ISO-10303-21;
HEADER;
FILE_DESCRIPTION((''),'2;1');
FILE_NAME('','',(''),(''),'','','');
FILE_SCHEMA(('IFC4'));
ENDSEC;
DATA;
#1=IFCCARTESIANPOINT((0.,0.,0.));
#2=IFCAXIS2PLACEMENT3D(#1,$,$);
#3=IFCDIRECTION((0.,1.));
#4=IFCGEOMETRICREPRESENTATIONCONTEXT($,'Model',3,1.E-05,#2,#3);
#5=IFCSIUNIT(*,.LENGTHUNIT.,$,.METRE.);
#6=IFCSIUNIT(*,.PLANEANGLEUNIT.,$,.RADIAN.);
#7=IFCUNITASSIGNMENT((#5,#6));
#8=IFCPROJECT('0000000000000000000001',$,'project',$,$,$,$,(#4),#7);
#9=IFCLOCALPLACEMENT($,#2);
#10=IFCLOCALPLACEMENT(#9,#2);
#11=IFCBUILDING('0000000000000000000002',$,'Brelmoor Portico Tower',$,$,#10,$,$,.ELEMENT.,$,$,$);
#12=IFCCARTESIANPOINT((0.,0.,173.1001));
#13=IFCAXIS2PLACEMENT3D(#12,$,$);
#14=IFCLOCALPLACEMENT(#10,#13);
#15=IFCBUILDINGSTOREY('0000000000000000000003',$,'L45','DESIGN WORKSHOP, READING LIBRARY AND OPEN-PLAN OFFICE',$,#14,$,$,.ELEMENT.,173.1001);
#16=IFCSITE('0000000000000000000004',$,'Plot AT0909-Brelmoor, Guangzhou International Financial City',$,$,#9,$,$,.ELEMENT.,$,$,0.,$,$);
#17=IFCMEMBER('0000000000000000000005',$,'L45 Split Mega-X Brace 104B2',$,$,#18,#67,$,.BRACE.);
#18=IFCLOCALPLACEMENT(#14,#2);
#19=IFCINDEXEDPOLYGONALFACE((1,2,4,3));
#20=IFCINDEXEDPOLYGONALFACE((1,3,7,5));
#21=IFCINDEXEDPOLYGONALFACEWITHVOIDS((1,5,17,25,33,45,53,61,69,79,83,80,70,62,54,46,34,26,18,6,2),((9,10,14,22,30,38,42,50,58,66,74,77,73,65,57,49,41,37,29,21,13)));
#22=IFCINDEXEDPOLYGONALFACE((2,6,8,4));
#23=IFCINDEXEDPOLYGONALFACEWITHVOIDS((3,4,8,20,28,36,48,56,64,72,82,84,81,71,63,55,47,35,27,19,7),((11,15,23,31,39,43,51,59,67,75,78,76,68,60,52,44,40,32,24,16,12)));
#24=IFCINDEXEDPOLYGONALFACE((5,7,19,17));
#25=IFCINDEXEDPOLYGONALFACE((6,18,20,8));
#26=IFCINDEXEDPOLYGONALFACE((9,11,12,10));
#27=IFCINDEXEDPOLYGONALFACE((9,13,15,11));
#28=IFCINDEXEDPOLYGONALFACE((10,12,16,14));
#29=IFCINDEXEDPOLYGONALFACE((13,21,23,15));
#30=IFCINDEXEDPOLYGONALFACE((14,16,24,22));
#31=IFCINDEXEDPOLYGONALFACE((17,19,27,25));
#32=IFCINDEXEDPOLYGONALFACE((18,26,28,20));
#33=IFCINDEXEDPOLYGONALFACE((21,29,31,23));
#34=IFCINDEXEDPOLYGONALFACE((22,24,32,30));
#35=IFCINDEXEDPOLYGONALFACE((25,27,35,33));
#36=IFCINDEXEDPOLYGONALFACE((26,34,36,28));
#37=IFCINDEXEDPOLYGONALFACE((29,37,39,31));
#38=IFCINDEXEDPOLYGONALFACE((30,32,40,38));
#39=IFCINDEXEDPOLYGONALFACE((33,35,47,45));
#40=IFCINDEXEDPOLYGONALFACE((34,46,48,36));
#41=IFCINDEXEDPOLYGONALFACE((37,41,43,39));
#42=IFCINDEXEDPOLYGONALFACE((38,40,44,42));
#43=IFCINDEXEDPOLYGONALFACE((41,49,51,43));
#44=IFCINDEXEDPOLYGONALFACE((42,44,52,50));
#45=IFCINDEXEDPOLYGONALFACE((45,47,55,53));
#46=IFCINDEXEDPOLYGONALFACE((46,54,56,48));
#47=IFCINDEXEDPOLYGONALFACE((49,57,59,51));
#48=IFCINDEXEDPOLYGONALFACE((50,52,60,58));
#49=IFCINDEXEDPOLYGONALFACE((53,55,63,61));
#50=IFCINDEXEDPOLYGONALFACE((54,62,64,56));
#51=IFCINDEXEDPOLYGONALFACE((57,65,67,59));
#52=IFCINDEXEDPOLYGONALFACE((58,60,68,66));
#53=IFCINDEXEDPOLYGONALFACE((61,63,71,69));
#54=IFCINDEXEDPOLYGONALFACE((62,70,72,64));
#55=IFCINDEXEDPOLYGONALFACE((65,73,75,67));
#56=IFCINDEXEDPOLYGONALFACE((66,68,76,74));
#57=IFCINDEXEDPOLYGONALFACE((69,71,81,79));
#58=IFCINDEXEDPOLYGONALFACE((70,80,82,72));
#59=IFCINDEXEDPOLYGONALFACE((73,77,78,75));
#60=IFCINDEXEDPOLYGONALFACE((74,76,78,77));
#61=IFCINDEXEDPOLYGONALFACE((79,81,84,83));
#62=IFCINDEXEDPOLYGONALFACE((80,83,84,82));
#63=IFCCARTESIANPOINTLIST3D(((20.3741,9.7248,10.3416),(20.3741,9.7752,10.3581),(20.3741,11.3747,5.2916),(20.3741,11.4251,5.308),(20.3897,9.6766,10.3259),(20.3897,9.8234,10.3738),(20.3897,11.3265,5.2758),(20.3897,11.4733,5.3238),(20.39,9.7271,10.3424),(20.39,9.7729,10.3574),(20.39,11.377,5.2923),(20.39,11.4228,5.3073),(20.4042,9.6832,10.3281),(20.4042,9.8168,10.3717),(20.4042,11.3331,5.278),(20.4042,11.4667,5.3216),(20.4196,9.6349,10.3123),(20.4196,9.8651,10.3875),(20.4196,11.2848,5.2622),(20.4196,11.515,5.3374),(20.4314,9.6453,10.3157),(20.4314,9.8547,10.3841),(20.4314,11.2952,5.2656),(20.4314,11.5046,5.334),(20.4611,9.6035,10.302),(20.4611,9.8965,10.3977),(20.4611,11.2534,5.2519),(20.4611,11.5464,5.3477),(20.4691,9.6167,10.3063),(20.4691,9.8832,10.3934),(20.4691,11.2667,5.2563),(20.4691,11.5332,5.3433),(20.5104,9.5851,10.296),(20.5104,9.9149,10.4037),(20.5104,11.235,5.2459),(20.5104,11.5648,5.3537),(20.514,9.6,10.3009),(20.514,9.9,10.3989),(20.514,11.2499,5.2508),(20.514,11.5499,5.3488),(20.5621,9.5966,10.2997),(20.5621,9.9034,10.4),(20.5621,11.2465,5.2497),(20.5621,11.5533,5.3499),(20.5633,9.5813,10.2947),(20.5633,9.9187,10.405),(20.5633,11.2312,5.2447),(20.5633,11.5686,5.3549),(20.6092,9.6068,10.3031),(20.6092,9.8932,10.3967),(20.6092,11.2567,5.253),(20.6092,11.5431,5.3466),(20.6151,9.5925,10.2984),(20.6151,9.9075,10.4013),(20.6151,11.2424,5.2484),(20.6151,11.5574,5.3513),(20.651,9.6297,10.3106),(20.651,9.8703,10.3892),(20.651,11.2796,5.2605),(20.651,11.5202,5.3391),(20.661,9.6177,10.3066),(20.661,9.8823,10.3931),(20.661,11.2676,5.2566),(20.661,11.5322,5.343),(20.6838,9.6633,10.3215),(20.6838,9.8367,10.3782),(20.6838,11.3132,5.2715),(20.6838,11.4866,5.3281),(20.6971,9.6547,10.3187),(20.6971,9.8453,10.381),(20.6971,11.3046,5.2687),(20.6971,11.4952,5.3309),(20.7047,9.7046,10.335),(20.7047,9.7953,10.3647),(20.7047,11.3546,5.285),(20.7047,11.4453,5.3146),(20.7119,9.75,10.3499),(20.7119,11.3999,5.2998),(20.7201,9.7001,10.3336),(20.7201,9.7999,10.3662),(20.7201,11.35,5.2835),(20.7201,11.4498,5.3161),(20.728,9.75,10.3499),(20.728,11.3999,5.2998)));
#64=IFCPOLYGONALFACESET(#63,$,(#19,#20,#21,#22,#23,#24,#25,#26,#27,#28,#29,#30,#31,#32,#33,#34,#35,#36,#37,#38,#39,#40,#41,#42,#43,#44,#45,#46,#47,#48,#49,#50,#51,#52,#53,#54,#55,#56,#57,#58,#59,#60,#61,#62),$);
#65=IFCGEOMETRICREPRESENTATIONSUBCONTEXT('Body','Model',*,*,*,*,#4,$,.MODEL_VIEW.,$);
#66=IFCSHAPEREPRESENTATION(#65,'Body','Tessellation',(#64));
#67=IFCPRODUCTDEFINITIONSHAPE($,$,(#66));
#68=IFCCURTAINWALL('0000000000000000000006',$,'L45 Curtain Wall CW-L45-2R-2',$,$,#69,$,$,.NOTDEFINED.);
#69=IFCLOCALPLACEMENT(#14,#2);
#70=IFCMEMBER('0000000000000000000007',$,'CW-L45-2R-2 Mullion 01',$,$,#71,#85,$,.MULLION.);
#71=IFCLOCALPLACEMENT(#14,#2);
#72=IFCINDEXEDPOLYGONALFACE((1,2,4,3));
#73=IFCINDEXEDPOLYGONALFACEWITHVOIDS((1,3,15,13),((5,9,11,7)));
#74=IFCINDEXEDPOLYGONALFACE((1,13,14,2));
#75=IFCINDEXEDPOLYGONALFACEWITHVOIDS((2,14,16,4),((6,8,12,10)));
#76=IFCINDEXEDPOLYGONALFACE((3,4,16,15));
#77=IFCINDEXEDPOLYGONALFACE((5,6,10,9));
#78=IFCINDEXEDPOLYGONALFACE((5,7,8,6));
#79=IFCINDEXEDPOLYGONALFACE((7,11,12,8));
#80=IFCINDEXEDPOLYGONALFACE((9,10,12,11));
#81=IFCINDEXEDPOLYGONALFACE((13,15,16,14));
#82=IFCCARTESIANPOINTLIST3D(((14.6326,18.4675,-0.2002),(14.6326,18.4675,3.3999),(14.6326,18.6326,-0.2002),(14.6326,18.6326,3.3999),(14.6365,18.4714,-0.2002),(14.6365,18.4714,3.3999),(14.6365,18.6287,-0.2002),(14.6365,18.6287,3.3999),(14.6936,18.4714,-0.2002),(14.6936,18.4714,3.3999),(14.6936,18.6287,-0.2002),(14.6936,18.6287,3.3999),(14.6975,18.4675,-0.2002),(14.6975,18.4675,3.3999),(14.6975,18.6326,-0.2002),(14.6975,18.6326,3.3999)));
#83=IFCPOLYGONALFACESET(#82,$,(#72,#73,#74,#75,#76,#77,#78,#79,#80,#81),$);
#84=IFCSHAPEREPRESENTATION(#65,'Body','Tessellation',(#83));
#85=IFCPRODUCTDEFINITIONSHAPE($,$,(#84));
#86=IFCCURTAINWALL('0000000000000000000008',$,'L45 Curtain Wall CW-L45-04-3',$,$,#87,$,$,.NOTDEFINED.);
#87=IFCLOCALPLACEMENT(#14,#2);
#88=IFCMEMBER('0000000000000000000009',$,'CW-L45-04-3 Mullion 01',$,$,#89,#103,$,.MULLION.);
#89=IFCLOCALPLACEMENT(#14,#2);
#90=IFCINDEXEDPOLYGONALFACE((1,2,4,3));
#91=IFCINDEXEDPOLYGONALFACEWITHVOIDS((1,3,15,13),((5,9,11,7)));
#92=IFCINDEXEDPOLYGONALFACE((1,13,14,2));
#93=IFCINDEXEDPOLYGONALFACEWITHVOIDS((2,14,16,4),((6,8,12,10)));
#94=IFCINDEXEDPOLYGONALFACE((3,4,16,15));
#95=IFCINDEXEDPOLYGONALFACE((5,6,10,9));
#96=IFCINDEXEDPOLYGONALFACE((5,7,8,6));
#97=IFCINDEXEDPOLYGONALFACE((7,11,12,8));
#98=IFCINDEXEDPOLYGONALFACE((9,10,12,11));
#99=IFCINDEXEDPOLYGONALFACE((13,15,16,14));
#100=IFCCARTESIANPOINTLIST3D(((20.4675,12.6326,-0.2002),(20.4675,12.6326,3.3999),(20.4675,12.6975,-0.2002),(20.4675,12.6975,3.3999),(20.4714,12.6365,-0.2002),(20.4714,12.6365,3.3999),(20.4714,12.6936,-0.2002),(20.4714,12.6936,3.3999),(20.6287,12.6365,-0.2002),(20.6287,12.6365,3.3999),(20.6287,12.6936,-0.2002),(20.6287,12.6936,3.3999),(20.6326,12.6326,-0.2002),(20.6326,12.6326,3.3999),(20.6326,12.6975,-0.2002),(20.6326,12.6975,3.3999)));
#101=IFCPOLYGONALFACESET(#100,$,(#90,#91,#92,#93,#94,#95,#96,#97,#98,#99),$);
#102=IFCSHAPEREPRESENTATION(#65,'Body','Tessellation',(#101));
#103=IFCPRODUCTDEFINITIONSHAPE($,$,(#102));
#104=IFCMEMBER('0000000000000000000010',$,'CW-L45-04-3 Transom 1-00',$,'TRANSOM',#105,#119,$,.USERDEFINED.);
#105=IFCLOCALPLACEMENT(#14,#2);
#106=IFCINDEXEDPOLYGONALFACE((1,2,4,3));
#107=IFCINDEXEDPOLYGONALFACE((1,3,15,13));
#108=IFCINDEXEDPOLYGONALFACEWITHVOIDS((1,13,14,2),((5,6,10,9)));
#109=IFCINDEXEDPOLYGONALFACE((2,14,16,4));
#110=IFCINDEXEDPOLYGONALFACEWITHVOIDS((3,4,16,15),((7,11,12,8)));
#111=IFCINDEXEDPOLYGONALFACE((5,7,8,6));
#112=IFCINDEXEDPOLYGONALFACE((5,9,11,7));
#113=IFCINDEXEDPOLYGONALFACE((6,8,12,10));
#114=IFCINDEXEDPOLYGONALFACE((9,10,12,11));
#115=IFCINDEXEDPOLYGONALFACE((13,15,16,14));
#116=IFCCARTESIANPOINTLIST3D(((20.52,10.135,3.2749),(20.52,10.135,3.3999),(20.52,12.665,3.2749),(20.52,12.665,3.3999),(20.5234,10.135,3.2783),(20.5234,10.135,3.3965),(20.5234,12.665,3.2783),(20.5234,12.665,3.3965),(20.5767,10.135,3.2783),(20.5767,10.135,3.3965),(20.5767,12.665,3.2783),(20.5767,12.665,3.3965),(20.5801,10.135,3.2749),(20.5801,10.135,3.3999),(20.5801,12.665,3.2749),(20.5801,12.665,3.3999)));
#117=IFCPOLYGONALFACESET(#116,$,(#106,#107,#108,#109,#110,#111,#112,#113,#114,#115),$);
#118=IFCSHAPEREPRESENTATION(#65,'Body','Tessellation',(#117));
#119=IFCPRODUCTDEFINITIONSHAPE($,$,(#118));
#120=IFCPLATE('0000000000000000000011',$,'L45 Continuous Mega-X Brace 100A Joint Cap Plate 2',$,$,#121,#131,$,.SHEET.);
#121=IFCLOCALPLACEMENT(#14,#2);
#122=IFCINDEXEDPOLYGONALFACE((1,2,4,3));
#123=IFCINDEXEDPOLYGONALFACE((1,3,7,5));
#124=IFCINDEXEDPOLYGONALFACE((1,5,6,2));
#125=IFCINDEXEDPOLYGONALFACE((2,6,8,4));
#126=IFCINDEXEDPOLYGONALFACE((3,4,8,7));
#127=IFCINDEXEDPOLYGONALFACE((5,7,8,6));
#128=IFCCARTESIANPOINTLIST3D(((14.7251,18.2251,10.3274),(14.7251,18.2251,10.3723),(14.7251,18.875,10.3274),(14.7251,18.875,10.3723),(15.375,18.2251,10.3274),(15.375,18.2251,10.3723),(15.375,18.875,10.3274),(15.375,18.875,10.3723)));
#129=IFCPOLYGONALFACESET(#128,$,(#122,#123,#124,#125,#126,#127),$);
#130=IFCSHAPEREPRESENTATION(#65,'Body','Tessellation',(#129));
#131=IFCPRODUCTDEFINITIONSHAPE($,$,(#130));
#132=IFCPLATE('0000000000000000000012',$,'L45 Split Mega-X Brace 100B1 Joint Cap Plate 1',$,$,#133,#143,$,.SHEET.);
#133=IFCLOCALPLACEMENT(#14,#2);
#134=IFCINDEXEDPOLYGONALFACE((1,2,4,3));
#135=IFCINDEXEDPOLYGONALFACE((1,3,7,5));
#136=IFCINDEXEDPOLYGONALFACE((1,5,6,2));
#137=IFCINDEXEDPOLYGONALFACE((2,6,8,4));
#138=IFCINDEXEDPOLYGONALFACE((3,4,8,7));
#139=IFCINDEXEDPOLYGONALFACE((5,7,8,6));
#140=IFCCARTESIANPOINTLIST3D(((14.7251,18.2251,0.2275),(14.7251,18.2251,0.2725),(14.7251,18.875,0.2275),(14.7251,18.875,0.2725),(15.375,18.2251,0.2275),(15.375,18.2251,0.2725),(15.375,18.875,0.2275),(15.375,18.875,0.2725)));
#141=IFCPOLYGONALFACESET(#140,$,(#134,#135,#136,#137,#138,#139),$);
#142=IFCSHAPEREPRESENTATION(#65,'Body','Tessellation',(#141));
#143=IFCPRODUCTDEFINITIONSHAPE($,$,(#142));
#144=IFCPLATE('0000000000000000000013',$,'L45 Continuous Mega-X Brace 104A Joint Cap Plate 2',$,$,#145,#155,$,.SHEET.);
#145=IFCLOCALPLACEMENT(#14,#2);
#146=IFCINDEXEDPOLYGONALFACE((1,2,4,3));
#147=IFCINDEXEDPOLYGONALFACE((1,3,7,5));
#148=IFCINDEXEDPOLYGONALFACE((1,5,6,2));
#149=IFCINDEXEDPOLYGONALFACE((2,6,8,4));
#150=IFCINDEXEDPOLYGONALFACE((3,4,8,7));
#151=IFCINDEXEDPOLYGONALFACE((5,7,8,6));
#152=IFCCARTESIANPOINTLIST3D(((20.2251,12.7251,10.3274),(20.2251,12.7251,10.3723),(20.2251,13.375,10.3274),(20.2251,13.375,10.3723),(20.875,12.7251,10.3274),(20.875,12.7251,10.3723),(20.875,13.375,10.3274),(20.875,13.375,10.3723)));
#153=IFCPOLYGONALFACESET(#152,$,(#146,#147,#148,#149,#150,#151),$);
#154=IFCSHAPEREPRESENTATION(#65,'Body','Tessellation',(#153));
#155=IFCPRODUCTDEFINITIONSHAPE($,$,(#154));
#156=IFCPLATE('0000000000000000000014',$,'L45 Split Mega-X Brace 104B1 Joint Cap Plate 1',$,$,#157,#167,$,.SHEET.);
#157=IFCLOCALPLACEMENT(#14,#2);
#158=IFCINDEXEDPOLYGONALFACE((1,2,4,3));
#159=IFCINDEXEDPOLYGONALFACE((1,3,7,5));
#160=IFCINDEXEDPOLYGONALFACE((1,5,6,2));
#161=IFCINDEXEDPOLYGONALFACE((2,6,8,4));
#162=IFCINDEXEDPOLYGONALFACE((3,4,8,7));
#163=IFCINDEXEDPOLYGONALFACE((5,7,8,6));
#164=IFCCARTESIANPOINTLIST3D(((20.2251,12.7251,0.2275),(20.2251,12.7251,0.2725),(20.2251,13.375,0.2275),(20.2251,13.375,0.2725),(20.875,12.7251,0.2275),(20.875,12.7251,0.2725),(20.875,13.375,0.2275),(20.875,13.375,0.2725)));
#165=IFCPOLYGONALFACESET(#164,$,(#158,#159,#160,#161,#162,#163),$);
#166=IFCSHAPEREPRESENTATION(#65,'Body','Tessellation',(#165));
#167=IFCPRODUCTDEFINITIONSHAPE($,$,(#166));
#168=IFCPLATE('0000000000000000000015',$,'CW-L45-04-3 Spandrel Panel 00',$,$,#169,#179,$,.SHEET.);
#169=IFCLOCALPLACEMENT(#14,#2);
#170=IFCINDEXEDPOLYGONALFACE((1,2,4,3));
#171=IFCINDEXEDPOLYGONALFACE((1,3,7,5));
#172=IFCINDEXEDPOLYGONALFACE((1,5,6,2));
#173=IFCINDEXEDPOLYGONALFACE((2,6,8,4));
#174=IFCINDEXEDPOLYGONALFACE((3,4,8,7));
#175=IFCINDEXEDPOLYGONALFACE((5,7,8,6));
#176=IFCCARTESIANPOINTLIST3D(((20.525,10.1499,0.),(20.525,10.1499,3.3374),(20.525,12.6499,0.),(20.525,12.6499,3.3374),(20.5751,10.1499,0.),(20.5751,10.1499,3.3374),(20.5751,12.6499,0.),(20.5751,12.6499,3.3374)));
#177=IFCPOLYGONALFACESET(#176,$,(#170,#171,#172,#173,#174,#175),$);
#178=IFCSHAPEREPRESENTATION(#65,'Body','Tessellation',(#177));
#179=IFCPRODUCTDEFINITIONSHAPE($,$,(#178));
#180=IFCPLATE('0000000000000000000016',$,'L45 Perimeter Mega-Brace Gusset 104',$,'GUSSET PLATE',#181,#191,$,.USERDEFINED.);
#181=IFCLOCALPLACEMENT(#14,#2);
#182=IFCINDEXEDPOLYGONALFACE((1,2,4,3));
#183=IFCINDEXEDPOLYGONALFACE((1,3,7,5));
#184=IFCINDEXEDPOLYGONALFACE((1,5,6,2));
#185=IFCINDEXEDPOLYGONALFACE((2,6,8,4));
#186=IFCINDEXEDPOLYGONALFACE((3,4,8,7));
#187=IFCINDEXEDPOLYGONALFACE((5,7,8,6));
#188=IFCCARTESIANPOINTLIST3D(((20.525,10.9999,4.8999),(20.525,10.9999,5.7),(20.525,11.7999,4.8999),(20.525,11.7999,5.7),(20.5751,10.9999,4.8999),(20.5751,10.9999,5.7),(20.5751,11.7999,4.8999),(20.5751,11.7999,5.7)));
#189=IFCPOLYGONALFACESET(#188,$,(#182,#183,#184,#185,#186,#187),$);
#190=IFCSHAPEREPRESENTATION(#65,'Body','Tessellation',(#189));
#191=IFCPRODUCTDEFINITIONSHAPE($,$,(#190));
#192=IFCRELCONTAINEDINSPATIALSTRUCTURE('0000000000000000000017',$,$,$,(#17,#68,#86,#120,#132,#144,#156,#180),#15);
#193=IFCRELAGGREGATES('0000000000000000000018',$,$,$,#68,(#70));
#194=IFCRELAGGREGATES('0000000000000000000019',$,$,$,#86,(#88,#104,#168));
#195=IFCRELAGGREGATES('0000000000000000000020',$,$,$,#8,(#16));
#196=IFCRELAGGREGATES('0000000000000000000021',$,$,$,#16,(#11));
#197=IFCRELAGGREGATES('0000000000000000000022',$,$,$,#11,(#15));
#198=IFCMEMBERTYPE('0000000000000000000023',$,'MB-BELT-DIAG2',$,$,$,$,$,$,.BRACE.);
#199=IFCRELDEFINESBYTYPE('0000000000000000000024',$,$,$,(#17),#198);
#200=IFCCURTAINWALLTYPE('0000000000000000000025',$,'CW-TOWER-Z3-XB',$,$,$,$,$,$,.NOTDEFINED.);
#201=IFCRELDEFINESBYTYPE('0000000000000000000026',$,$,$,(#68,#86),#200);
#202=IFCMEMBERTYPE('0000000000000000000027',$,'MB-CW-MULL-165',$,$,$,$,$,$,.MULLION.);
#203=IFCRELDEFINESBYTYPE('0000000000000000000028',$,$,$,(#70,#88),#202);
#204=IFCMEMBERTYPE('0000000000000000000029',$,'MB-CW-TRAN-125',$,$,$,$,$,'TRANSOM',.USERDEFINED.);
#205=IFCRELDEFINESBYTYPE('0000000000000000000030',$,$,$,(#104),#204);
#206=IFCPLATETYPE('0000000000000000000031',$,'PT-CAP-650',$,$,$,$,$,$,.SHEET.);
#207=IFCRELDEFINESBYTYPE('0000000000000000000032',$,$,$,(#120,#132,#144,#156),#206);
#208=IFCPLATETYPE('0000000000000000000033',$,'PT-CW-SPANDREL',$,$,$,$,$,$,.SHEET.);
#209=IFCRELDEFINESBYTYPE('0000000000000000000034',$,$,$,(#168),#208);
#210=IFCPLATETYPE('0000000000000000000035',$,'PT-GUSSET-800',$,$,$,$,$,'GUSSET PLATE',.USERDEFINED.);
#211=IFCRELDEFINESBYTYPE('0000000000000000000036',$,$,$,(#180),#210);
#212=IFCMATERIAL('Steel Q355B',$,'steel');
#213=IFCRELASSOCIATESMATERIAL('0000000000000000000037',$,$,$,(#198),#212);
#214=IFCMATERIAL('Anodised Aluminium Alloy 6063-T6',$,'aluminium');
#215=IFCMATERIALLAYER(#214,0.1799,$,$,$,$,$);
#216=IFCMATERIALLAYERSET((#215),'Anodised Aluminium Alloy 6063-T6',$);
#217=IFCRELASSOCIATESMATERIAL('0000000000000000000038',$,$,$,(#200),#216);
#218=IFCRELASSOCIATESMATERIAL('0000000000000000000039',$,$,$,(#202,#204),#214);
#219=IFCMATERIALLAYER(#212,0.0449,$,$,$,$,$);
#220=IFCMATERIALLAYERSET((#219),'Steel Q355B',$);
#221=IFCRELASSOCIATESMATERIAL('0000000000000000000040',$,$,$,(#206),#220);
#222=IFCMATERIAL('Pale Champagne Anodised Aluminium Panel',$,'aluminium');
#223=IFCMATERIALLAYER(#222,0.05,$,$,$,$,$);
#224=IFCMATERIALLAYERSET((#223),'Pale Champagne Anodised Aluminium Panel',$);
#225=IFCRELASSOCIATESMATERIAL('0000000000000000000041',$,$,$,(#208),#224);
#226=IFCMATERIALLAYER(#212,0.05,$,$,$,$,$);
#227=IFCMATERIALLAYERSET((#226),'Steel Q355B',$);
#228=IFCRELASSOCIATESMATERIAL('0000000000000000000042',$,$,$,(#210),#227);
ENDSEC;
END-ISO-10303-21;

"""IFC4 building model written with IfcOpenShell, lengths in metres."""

from ifc_helpers import new_model, si_unit, direction, frame, origin, origin_2d, place, context, subcontext, project, spatial, rectangle, hollow_rectangle, hollow_circle, extrude, material, layer, layer_set, material_profile, profile_set, type_object, element, aggregate, save


model = new_model("IFC4")

# Units and contexts
model_context = context("Model", 3, precision=1e-05, world=origin(), true_north=direction((0.0, 1.0)))
body_context = subcontext(model_context, "Body", "Model", "MODEL_VIEW")
ifc_project = project(units=[si_unit("LENGTHUNIT", "METRE"), si_unit("PLANEANGLEUNIT", "RADIAN")], contexts=[model_context])

# Site, building, storey
site_placement = place(None, origin())
site = spatial("IfcSite", under=ifc_project, at=site_placement, Name="Plot AT0909-Brelmoor, Guangzhou International Financial City", CompositionType="ELEMENT", RefElevation=0.0)
building_placement = place(site_placement, origin())
building = spatial("IfcBuilding", under=site, at=building_placement, Name="Brelmoor Portico Tower", CompositionType="ELEMENT")
storey_placement = place(building_placement, frame((0.0, 0.0, 173.1001)))
storey = spatial("IfcBuildingStorey", under=building, at=storey_placement, Name="L45", Description="DESIGN WORKSHOP, READING LIBRARY AND OPEN-PLAN OFFICE", CompositionType="ELEMENT", Elevation=173.1001)

# Shared definitions
ifc_material_1 = material(Name="Steel Q355B", Category="steel")

# Member
ifc_material_profile_1 = material_profile(ifc_material_1, hollow_circle(Radius=0.178, WallThickness=0.0161, at=origin_2d()), Name="CHS 356x16")
ifc_profile_set_1 = profile_set([ifc_material_profile_1], Name="Steel Q355B")
member_type_1 = type_object("IfcMemberType", Name="MB-BELT-DIAG2", PredefinedType="BRACE", material=ifc_profile_set_1)
member_1_placement = place(storey_placement, frame((20.55, 11.3999, 5.2998), z_axis=(0.0, -0.310556, 0.950555), x_axis=(1.0, 0.0, 0.0)))
element("IfcMember", 1, at=member_1_placement, inside=storey, type_object=member_type_1, Name="L45 Split Mega-X Brace 104B2", PredefinedType="BRACE", context=body_context, shape_type="SweptSolid", body=[
    extrude(hollow_circle(Radius=0.178, WallThickness=0.0161, at=origin_2d()), origin(), (0.0, 0.0, 1.0), 5.3127),
])

# Curtain wall, member
ifc_material_2 = material(Name="Anodised Aluminium Alloy 6063-T6", Category="aluminium")
ifc_layer_1 = layer(ifc_material_2, 0.1799)
ifc_layer_set_1 = layer_set([ifc_layer_1], Name="Anodised Aluminium Alloy 6063-T6")
curtain_wall_type = type_object("IfcCurtainWallType", Name="CW-TOWER-Z3-XB", PredefinedType="NOTDEFINED", material=ifc_layer_set_1)
curtain_wall_1_placement = place(storey_placement, origin())
curtain_wall_1 = element("IfcCurtainWall", 2, at=curtain_wall_1_placement, inside=storey, type_object=curtain_wall_type, Name="L45 Curtain Wall CW-L45-2R-2", PredefinedType="NOTDEFINED")
ifc_material_profile_2 = material_profile(ifc_material_2, hollow_rectangle(XDim=0.0649, YDim=0.165, WallThickness=0.0039, at=origin_2d()), Name="ALU MULLION 65x165")
ifc_profile_set_2 = profile_set([ifc_material_profile_2], Name="Anodised Aluminium Alloy 6063-T6")
member_type_2 = type_object("IfcMemberType", Name="MB-CW-MULL-165", PredefinedType="MULLION", material=ifc_profile_set_2)
member_2_placement = place(storey_placement, frame((14.665, 18.55, -0.2002), z_axis=(0.0, 0.0, 1.0), x_axis=(1.0, 0.0, 0.0)))
member_2 = element("IfcMember", 3, at=member_2_placement, type_object=member_type_2, Name="CW-L45-2R-2 Mullion 01", PredefinedType="MULLION", context=body_context, shape_type="SweptSolid", body=[
    extrude(hollow_rectangle(XDim=0.0649, YDim=0.165, WallThickness=0.0039, at=origin_2d()), origin(), (0.0, 0.0, 1.0), 3.6001),
])
aggregate(curtain_wall_1, [member_2])

# Curtain wall, members
curtain_wall_2_placement = place(storey_placement, origin())
curtain_wall_2 = element("IfcCurtainWall", 4, at=curtain_wall_2_placement, inside=storey, type_object=curtain_wall_type, Name="L45 Curtain Wall CW-L45-04-3", PredefinedType="NOTDEFINED")
member_3_placement = place(storey_placement, frame((20.55, 12.665, -0.2002), z_axis=(0.0, 0.0, 1.0), x_axis=(0.0, 1.0, 0.0)))
member_3 = element("IfcMember", 5, at=member_3_placement, type_object=member_type_2, Name="CW-L45-04-3 Mullion 01", PredefinedType="MULLION", context=body_context, shape_type="SweptSolid", body=[
    extrude(hollow_rectangle(XDim=0.0649, YDim=0.165, WallThickness=0.0039, at=origin_2d()), origin(), (0.0, 0.0, 1.0), 3.6001),
])
ifc_material_profile_3 = material_profile(ifc_material_2, hollow_rectangle(XDim=0.0601, YDim=0.125, WallThickness=0.0034, at=origin_2d()), Name="ALU TRANSOM 60x125")
ifc_profile_set_3 = profile_set([ifc_material_profile_3], Name="Anodised Aluminium Alloy 6063-T6")
member_type_3 = type_object("IfcMemberType", Name="MB-CW-TRAN-125", ElementType="TRANSOM", PredefinedType="USERDEFINED", material=ifc_profile_set_3)
member_4_placement = place(storey_placement, frame((20.55, 10.135, 3.3374), z_axis=(0.0, 1.0, 0.0), x_axis=(-1.0, 0.0, 0.0)))
member_4 = element("IfcMember", 6, at=member_4_placement, type_object=member_type_3, Name="CW-L45-04-3 Transom 1-00", ObjectType="TRANSOM", PredefinedType="USERDEFINED", context=body_context, shape_type="SweptSolid", body=[
    extrude(hollow_rectangle(XDim=0.0601, YDim=0.125, WallThickness=0.0034, at=origin_2d()), origin(), (0.0, 0.0, 1.0), 2.53),
])

# Plates
ifc_layer_2 = layer(ifc_material_1, 0.0449)
ifc_layer_set_2 = layer_set([ifc_layer_2], Name="Steel Q355B")
plate_type_1 = type_object("IfcPlateType", Name="PT-CAP-650", PredefinedType="SHEET", material=ifc_layer_set_2)
for number, where, z_axis, x_axis, name in (
    (7, (15.05, 18.55, 10.3274), (0.0, 0.0, 1.0), (1.0, 0.0, 0.0), "L45 Continuous Mega-X Brace 100A Joint Cap Plate 2"),
    (8, (15.05, 18.55, 0.2275), (0.0, 0.0, 1.0), (1.0, 0.0, 0.0), "L45 Split Mega-X Brace 100B1 Joint Cap Plate 1"),
    (9, (20.55, 13.05, 10.3274), (0.0, 0.0, 1.0), (1.0, 0.0, 0.0), "L45 Continuous Mega-X Brace 104A Joint Cap Plate 2"),
    (10, (20.55, 13.05, 0.2275), (0.0, 0.0, 1.0), (1.0, 0.0, 0.0), "L45 Split Mega-X Brace 104B1 Joint Cap Plate 1"),
):
    element("IfcPlate", number, at=place(storey_placement, frame(where, z_axis=z_axis, x_axis=x_axis)), inside=storey, type_object=plate_type_1, Name=name, PredefinedType="SHEET", context=body_context, shape_type="SweptSolid", body=[
        extrude(rectangle(XDim=0.6499, YDim=0.6499, at=origin_2d()), origin(), (0.0, 0.0, 1.0), 0.0449),
    ])

# Plate
ifc_material_3 = material(Name="Pale Champagne Anodised Aluminium Panel", Category="aluminium")
ifc_layer_3 = layer(ifc_material_3, 0.05)
ifc_layer_set_3 = layer_set([ifc_layer_3], Name="Pale Champagne Anodised Aluminium Panel")
plate_type_2 = type_object("IfcPlateType", Name="PT-CW-SPANDREL", PredefinedType="SHEET", material=ifc_layer_set_3)
plate_1_placement = place(storey_placement, frame((20.55, 11.3999, 0.0), z_axis=(0.0, 0.0, 1.0), x_axis=(0.0, 1.0, 0.0)))
plate_1 = element("IfcPlate", 11, at=plate_1_placement, type_object=plate_type_2, Name="CW-L45-04-3 Spandrel Panel 00", PredefinedType="SHEET", context=body_context, shape_type="SweptSolid", body=[
    extrude(rectangle(XDim=2.5, YDim=0.05, at=origin_2d()), origin(), (0.0, 0.0, 1.0), 3.3374),
])
aggregate(curtain_wall_2, [member_3, member_4, plate_1])

# Plate
ifc_layer_4 = layer(ifc_material_1, 0.05)
ifc_layer_set_4 = layer_set([ifc_layer_4], Name="Steel Q355B")
plate_type_3 = type_object("IfcPlateType", Name="PT-GUSSET-800", ElementType="GUSSET PLATE", PredefinedType="USERDEFINED", material=ifc_layer_set_4)
plate_2_placement = place(storey_placement, frame((20.55, 11.3999, 4.8999), z_axis=(0.0, 0.0, 1.0), x_axis=(1.0, 0.0, 0.0)))
element("IfcPlate", 12, at=plate_2_placement, inside=storey, type_object=plate_type_3, Name="L45 Perimeter Mega-Brace Gusset 104", ObjectType="GUSSET PLATE", PredefinedType="USERDEFINED", context=body_context, shape_type="SweptSolid", body=[
    extrude(rectangle(XDim=0.05, YDim=0.8, at=origin_2d()), origin(), (0.0, 0.0, 1.0), 0.8),
])

save(model, "model.ifc")
